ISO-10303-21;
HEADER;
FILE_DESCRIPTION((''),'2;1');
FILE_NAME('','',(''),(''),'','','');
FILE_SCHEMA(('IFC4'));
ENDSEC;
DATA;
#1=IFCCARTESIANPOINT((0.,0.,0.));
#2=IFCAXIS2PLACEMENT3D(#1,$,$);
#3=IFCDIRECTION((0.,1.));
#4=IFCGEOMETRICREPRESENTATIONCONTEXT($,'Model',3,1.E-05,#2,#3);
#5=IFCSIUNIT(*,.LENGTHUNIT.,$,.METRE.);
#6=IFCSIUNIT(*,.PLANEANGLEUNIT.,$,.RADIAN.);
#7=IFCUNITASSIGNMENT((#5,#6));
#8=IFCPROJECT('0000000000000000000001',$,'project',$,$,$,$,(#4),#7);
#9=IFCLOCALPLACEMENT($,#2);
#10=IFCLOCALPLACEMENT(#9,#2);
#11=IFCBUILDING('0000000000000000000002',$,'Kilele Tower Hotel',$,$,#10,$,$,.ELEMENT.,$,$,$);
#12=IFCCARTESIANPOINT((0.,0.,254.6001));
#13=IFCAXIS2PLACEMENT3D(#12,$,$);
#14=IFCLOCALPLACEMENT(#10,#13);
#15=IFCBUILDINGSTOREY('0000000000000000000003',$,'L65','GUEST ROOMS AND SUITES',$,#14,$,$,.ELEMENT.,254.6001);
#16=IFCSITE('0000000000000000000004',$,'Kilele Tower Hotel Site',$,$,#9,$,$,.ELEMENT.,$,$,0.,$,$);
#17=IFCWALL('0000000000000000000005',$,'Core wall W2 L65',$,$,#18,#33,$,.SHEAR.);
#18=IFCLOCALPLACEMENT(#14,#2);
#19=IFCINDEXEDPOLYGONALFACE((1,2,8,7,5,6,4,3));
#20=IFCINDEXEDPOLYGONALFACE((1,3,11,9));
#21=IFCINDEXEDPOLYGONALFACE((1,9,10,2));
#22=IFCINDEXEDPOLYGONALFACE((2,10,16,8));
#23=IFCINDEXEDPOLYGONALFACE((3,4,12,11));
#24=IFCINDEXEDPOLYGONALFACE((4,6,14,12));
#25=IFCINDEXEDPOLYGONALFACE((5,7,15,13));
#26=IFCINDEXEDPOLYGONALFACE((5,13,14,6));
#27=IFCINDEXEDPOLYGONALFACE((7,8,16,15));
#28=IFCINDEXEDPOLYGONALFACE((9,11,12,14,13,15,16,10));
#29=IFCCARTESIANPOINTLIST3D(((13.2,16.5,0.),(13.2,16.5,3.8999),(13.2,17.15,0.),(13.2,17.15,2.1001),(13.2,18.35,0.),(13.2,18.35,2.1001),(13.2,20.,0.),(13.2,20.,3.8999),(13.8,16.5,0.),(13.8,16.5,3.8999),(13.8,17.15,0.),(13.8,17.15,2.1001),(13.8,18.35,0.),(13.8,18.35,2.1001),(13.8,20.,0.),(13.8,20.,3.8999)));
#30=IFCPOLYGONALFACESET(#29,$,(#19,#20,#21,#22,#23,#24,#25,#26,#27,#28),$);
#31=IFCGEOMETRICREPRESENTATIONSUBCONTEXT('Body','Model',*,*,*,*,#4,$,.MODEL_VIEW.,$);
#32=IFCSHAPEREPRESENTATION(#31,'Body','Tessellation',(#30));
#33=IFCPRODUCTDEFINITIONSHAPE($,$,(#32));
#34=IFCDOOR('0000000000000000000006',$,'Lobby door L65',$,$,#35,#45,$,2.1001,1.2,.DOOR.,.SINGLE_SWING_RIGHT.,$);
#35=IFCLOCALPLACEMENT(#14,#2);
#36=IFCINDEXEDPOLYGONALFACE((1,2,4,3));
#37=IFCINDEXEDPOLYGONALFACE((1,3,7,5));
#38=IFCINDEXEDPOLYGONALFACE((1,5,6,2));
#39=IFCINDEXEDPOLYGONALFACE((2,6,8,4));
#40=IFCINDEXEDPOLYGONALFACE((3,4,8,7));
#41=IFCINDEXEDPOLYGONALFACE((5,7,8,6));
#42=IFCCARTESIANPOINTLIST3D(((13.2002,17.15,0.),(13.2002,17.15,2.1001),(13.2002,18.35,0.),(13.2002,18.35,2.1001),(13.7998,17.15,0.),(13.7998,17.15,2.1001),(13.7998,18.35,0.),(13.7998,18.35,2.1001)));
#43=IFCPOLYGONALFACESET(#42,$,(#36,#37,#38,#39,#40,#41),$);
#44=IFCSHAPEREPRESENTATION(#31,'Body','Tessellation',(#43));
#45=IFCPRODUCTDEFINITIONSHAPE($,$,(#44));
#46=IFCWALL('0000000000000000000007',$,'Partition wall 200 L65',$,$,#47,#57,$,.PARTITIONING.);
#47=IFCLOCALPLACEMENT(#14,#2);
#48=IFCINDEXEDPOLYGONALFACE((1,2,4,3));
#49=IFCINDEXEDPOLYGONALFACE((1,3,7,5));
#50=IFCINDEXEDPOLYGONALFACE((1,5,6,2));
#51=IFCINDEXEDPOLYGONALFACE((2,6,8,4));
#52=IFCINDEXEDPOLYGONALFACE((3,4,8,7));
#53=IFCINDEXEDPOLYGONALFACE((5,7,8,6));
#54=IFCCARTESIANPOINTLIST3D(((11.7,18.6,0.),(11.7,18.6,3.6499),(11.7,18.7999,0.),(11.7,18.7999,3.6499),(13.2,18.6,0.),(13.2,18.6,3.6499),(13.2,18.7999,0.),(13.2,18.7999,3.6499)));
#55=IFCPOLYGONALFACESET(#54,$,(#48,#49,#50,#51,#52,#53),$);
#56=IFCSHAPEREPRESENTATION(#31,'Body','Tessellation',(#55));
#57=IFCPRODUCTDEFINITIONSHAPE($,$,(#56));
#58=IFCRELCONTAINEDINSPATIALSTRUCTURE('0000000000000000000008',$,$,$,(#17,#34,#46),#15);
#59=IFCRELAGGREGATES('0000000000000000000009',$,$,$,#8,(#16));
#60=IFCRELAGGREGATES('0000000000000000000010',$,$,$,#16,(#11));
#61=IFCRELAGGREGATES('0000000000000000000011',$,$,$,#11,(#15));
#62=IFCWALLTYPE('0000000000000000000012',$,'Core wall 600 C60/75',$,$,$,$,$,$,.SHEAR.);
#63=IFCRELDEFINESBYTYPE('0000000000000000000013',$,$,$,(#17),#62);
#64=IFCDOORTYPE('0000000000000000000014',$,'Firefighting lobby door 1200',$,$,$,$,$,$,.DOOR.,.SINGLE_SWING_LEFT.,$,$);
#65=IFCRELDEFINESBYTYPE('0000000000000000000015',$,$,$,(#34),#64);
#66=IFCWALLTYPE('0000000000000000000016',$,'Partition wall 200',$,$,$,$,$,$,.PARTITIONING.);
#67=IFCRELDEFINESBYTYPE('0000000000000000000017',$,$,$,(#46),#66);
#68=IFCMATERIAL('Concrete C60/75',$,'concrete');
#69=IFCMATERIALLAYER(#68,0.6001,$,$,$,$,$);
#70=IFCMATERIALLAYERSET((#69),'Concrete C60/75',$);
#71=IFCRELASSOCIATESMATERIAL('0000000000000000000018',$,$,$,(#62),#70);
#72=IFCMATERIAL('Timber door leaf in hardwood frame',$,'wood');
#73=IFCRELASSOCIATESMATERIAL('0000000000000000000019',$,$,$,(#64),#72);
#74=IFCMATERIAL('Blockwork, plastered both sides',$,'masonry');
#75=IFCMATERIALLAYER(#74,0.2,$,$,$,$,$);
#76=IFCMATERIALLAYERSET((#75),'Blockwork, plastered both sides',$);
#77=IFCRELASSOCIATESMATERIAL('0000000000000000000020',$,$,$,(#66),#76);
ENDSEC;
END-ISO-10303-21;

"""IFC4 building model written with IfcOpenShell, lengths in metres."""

from ifc_helpers import new_model, si_unit, direction, frame, frame_2d, origin, place, context, subcontext, project, spatial, rectangle, extrude, material, layer, layer_set, type_object, element, fill, save


model = new_model("IFC4")

# Units and contexts
model_context = context("Model", 3, precision=1e-05, world=origin(), true_north=direction((0.0, 1.0)))
body_context = subcontext(model_context, "Body", "Model", "MODEL_VIEW")
ifc_project = project(units=[si_unit("LENGTHUNIT", "METRE"), si_unit("PLANEANGLEUNIT", "RADIAN")], contexts=[model_context])

# Site, building, storey
site_placement = place(None, origin())
site = spatial("IfcSite", under=ifc_project, at=site_placement, Name="Kilele Tower Hotel Site", CompositionType="ELEMENT", RefElevation=0.0)
building_placement = place(site_placement, origin())
building = spatial("IfcBuilding", under=site, at=building_placement, Name="Kilele Tower Hotel", CompositionType="ELEMENT")
storey_placement = place(building_placement, frame((0.0, 0.0, 254.6001)))
storey = spatial("IfcBuildingStorey", under=building, at=storey_placement, Name="L65", Description="GUEST ROOMS AND SUITES", CompositionType="ELEMENT", Elevation=254.6001)

# Shared definitions
ifc_material_1 = material(Name="Concrete C60/75", Category="concrete")
ifc_layer_1 = layer(ifc_material_1, 0.6001)
ifc_layer_set_1 = layer_set([ifc_layer_1], Name="Concrete C60/75")
wall_type_1 = type_object("IfcWallType", Name="Core wall 600 C60/75", PredefinedType="SHEAR", material=ifc_layer_set_1)

# Wall, opening, door
wall_1_placement = place(storey_placement, frame((13.5, 20.0, 0.0), z_axis=(0.0, 0.0, 1.0), x_axis=(0.0, -1.0, 0.0)))
wall_1 = element("IfcWall", 1, at=wall_1_placement, inside=storey, type_object=wall_type_1, Name="Core wall W2 L65", PredefinedType="SHEAR", context=body_context, shape_type="SweptSolid", body=[
    extrude(rectangle(XDim=3.5, YDim=0.6001, at=frame_2d((1.75, 0.0))), origin(), (0.0, 0.0, 1.0), 3.8999),
])
opening_1_placement = place(wall_1_placement, frame((1.6499, 0.0, 0.0)))
opening_1 = element("IfcOpeningElement", 2, at=opening_1_placement, cuts=wall_1, PredefinedType="OPENING", context=body_context, shape_type="SweptSolid", body=[
    extrude(rectangle(XDim=1.2, YDim=2.1001, at=frame_2d((0.6001, 1.05))), frame((0.0, 0.3101, 0.0), z_axis=(0.0, -1.0, 0.0), x_axis=(1.0, 0.0, 0.0)), (0.0, 0.0, 1.0), 0.6201),
])
ifc_material_2 = material(Name="Timber door leaf in hardwood frame", Category="wood")
door_type_1 = type_object("IfcDoorType", Name="Firefighting lobby door 1200", OperationType="SINGLE_SWING_LEFT", PredefinedType="DOOR", material=ifc_material_2)
door_1_placement = place(opening_1_placement, origin())
door_1 = element("IfcDoor", 3, at=door_1_placement, inside=storey, type_object=door_type_1, Name="Lobby door L65", OperationType="SINGLE_SWING_RIGHT", OverallHeight=2.1001, OverallWidth=1.2, PredefinedType="DOOR", context=body_context, shape_type="SweptSolid", body=[
    extrude(rectangle(XDim=1.2, YDim=2.1001, at=frame_2d((0.6001, 1.05))), frame((0.0, 0.2998, 0.0), z_axis=(0.0, -1.0, 0.0), x_axis=(1.0, 0.0, 0.0)), (0.0, 0.0, 1.0), 0.5996),
])
fill(opening_1, door_1)

# Wall
ifc_material_3 = material(Name="Blockwork, plastered both sides", Category="masonry")
ifc_layer_2 = layer(ifc_material_3, 0.2)
ifc_layer_set_2 = layer_set([ifc_layer_2], Name="Blockwork, plastered both sides")
wall_type_2 = type_object("IfcWallType", Name="Partition wall 200", PredefinedType="PARTITIONING", material=ifc_layer_set_2)
wall_2_placement = place(storey_placement, frame((13.2, 18.7, 0.0), z_axis=(0.0, 0.0, 1.0), x_axis=(-1.0, 0.0, 0.0)))
element("IfcWall", 4, at=wall_2_placement, inside=storey, type_object=wall_type_2, Name="Partition wall 200 L65", PredefinedType="PARTITIONING", context=body_context, shape_type="SweptSolid", body=[
    extrude(rectangle(XDim=1.5, YDim=0.2, at=frame_2d((0.75, 0.0))), origin(), (0.0, 0.0, 1.0), 3.6499),
])

save(model, "model.ifc")
